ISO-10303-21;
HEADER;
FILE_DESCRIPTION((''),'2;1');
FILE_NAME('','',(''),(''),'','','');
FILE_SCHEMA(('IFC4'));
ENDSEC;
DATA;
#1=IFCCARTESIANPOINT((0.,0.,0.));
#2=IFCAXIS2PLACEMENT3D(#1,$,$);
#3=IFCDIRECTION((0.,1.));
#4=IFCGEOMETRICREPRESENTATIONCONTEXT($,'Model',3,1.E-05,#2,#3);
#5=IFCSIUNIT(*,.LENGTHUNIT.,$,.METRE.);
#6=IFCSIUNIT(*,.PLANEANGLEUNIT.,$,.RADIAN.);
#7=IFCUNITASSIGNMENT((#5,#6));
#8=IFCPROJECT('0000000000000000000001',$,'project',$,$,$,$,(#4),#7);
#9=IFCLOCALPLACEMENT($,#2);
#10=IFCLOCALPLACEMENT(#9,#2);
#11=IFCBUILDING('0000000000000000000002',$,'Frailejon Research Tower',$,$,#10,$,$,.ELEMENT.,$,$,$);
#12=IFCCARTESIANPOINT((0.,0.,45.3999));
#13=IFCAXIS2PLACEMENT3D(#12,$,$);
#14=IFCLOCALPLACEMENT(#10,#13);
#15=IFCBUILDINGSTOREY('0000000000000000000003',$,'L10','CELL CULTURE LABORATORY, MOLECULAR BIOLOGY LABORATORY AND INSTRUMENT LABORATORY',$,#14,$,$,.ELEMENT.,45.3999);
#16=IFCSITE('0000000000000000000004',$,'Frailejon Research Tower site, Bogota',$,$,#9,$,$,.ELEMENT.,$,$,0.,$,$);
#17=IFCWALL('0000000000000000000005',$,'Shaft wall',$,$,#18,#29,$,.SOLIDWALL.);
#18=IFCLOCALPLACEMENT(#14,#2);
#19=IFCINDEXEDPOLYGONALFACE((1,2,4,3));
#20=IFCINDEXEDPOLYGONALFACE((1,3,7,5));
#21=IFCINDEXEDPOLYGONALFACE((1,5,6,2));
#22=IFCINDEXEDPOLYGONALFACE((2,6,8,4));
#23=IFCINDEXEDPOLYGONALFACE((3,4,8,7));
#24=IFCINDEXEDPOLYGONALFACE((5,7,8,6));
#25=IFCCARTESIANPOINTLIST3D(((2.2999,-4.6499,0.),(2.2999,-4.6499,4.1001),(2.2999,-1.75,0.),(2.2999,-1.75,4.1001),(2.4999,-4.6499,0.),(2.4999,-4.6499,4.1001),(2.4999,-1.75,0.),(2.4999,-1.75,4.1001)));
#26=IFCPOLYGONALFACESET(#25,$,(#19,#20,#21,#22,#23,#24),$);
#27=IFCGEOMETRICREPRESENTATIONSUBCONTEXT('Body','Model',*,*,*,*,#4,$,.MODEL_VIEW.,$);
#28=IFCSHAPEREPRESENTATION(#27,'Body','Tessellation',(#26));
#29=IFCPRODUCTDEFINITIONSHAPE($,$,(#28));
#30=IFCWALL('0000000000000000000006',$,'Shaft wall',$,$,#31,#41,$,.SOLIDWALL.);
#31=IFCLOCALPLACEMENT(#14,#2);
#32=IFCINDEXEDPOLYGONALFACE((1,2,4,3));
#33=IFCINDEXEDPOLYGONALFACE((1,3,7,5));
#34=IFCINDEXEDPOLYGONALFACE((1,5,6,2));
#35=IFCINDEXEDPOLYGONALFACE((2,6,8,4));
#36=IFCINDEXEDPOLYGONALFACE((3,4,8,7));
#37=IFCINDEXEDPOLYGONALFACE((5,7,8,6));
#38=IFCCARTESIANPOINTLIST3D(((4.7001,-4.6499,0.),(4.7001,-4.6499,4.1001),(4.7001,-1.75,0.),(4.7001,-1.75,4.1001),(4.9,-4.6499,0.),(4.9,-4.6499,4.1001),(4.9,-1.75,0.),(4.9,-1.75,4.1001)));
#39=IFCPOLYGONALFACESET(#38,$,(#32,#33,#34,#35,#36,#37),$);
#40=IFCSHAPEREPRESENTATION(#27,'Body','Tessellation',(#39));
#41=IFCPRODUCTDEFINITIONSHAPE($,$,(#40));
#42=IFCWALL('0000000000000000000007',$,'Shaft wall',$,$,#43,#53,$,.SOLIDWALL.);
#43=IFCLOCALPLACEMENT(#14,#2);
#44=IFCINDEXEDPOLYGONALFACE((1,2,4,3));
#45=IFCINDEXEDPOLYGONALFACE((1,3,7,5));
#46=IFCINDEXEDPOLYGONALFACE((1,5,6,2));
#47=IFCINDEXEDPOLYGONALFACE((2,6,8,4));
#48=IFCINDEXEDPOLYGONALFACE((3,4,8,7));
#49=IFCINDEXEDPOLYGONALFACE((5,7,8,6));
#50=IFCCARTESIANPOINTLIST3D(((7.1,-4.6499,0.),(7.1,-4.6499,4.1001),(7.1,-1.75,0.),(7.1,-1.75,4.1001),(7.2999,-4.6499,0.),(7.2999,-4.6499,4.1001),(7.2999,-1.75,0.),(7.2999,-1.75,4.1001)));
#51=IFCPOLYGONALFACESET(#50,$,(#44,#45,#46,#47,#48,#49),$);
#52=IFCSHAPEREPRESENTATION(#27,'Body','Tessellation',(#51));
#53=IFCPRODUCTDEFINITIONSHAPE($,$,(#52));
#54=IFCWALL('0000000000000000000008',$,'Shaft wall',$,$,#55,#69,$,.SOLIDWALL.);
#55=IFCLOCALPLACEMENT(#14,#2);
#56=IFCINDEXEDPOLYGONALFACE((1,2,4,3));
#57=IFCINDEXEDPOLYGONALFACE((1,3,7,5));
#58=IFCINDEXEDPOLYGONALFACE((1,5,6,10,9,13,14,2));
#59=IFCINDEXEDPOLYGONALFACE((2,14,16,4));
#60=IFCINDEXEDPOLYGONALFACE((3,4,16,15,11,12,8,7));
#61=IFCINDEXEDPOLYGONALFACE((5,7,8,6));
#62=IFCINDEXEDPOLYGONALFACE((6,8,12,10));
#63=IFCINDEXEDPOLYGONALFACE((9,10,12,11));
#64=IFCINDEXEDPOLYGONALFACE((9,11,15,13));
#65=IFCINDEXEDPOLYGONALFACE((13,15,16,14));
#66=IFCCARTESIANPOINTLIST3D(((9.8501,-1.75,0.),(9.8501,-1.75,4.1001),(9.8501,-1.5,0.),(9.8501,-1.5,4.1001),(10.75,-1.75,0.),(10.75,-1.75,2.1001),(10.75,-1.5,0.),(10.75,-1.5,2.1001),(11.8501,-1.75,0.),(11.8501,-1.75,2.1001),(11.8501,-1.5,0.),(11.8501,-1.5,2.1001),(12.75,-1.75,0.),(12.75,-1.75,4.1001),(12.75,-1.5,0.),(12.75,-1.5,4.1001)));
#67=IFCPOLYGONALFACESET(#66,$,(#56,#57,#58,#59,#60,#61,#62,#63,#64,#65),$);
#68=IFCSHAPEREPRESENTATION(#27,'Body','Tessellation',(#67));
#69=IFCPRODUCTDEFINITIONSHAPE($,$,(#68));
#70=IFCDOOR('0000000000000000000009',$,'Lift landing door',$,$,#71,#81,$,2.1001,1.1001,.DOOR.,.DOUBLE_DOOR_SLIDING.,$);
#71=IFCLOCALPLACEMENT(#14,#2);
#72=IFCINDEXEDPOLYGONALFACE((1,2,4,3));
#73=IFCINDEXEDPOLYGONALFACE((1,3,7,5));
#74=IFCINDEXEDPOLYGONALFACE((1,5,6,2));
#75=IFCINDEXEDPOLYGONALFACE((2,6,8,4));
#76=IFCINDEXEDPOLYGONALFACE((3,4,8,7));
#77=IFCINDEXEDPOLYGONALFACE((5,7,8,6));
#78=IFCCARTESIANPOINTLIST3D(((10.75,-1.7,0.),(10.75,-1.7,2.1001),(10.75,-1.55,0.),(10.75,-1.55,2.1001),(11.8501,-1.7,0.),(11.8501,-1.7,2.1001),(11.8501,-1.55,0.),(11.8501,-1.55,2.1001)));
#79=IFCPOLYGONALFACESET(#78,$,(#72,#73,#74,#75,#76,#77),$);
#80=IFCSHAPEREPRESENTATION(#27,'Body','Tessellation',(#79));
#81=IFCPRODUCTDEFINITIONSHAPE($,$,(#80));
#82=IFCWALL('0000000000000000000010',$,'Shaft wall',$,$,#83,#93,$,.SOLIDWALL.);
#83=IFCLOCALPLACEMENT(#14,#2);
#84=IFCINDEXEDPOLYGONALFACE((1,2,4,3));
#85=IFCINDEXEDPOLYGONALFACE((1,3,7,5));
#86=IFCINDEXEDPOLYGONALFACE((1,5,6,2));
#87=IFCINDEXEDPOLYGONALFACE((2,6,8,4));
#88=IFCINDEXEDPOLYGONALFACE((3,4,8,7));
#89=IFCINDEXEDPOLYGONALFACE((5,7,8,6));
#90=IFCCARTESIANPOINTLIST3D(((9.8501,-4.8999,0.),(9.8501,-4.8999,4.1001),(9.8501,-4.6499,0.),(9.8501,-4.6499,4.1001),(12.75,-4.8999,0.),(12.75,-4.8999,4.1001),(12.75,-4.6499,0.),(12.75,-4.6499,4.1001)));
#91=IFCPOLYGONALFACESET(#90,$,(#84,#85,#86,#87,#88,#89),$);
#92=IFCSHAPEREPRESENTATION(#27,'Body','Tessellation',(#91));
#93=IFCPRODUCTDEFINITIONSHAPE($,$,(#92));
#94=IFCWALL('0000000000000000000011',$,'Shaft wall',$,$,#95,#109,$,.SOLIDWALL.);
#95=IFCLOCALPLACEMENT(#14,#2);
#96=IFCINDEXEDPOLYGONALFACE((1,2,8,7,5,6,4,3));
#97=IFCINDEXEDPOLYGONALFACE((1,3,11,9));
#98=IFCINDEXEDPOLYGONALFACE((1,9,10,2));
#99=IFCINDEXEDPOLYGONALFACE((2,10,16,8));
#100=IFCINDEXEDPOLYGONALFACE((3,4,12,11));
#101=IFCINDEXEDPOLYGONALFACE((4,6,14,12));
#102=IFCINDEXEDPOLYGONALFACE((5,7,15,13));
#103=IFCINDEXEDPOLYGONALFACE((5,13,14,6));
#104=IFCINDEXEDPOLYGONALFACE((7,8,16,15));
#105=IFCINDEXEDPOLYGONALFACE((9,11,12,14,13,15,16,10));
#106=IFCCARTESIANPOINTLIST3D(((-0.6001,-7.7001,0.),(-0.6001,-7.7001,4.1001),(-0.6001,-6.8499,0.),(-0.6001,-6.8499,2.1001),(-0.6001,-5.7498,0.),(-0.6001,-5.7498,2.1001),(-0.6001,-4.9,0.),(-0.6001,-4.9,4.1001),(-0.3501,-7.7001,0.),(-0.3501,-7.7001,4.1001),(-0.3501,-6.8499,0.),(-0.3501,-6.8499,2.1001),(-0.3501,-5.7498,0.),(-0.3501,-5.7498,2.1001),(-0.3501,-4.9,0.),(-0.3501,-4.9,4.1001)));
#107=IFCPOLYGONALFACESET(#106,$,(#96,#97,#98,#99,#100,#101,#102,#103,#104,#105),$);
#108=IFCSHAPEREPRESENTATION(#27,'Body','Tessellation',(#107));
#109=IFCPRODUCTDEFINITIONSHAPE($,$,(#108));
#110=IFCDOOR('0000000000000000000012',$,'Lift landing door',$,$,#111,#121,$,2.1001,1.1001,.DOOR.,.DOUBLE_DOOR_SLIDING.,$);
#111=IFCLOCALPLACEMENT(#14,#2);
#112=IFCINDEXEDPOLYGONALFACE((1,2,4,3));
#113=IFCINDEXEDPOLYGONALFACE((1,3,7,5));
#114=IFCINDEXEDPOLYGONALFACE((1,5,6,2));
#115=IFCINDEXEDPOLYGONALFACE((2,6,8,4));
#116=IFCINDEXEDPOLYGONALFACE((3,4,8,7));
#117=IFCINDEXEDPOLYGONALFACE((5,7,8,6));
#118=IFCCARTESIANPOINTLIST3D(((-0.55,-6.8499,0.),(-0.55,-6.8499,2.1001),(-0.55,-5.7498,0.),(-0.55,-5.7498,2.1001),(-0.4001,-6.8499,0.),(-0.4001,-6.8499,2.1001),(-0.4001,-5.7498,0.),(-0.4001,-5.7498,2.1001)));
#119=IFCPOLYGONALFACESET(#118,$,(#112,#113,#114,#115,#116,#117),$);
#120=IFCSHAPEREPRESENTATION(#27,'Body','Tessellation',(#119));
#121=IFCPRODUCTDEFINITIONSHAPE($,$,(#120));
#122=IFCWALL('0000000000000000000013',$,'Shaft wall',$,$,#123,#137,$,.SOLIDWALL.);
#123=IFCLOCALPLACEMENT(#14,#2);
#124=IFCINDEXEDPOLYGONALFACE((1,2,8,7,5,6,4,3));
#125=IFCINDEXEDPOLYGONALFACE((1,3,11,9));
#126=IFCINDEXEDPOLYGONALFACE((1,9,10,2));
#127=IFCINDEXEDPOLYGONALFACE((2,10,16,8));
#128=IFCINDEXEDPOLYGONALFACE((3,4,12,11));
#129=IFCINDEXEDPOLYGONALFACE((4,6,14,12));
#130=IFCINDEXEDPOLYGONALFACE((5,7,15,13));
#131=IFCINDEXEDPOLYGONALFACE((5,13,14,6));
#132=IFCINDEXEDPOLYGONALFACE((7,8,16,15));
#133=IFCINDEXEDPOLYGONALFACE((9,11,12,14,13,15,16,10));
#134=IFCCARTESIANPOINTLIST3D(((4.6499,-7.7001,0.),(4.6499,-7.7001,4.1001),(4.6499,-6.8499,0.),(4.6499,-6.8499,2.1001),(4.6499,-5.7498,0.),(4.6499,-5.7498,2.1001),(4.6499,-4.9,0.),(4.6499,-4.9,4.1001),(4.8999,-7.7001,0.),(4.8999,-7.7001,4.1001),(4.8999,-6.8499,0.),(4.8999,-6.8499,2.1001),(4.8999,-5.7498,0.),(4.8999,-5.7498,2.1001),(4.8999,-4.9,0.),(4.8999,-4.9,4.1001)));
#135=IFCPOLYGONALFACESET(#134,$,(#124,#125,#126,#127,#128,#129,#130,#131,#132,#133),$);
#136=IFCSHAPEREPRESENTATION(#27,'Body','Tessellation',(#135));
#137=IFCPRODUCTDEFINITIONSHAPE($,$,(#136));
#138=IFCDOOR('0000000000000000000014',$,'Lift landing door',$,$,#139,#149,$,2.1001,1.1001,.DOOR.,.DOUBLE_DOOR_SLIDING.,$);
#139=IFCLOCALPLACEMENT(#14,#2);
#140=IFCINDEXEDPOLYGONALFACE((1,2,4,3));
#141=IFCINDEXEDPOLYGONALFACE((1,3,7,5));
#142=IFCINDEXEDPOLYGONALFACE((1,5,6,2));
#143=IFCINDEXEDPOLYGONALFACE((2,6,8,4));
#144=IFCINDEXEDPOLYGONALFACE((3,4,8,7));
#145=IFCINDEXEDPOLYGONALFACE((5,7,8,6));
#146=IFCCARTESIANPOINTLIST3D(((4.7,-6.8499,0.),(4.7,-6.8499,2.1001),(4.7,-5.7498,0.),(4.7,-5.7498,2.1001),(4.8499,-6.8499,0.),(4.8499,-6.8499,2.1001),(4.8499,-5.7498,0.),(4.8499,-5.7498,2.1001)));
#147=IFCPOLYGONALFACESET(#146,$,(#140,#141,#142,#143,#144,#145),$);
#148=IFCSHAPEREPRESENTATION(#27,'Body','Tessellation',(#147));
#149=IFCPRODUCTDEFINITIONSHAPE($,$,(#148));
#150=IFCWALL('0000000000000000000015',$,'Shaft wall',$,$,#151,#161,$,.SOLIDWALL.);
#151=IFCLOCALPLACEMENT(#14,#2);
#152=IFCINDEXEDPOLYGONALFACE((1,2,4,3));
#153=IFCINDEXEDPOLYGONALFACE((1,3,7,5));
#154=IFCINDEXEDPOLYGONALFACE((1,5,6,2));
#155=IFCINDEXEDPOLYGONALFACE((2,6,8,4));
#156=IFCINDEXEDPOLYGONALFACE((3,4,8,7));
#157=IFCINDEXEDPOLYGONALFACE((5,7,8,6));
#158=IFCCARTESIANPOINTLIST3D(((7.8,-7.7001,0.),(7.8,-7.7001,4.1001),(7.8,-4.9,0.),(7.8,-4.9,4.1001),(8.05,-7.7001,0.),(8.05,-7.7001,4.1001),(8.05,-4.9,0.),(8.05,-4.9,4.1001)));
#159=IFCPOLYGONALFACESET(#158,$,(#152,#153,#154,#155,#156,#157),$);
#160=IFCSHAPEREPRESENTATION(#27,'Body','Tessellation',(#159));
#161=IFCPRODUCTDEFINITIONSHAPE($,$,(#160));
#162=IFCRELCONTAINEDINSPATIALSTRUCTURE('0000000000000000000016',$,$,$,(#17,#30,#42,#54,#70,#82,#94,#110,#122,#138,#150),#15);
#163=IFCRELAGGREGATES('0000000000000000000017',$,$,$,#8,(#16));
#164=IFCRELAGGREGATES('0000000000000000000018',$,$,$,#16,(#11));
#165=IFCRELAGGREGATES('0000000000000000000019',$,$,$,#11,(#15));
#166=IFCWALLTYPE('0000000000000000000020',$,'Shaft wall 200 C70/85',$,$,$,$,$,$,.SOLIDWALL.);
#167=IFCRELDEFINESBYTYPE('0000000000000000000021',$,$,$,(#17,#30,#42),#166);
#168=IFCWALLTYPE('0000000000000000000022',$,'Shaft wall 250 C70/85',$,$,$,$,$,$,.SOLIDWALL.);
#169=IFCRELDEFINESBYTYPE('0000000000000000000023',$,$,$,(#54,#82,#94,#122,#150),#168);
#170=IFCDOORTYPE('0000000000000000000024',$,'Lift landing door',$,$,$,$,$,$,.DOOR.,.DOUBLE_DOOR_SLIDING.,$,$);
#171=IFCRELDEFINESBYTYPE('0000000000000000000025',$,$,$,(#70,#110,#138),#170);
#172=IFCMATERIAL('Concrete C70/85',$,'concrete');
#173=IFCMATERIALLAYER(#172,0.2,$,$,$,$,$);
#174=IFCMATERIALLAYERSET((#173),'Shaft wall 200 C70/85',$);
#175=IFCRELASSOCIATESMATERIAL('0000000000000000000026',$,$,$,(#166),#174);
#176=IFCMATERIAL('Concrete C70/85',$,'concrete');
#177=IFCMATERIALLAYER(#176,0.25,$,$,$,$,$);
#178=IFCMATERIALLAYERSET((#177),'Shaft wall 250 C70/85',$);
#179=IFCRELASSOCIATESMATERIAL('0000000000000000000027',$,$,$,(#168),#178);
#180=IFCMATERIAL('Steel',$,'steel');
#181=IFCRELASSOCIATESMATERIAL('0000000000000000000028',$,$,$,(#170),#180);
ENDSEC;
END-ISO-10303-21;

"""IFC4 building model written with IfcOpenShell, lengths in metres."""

from ifc_helpers import new_model, si_unit, direction, frame, frame_2d, origin, place, context, subcontext, project, spatial, rectangle, extrude, material, layer, layer_set, type_object, element, fill, save


model = new_model("IFC4")

# Units and contexts
model_context = context("Model", 3, precision=1e-05, world=origin(), true_north=direction((0.0, 1.0)))
body_context = subcontext(model_context, "Body", "Model", "MODEL_VIEW")
ifc_project = project(units=[si_unit("LENGTHUNIT", "METRE"), si_unit("PLANEANGLEUNIT", "RADIAN")], contexts=[model_context])

# Site, building, storey
site_placement = place(None, origin())
site = spatial("IfcSite", under=ifc_project, at=site_placement, Name="Frailejon Research Tower site, Bogota", CompositionType="ELEMENT", RefElevation=0.0)
building_placement = place(site_placement, origin())
building = spatial("IfcBuilding", under=site, at=building_placement, Name="Frailejon Research Tower", CompositionType="ELEMENT")
storey_placement = place(building_placement, frame((0.0, 0.0, 45.3999)))
storey = spatial("IfcBuildingStorey", under=building, at=storey_placement, Name="L10", Description="CELL CULTURE LABORATORY, MOLECULAR BIOLOGY LABORATORY AND INSTRUMENT LABORATORY", CompositionType="ELEMENT", Elevation=45.3999)

# Walls
ifc_material_1 = material(Name="Concrete C70/85", Category="concrete")
ifc_layer_1 = layer(ifc_material_1, 0.2)
ifc_layer_set_1 = layer_set([ifc_layer_1], Name="Shaft wall 200 C70/85")
wall_type_1 = type_object("IfcWallType", Name="Shaft wall 200 C70/85", PredefinedType="SOLIDWALL", material=ifc_layer_set_1)
for number, where, z_axis, x_axis, name in (
    (1, (2.3999, -4.6499, 0.0), (0.0, 0.0, 1.0), (0.0, 1.0, 0.0), "Shaft wall"),
    (2, (4.8, -4.6499, 0.0), (0.0, 0.0, 1.0), (0.0, 1.0, 0.0), "Shaft wall"),
    (3, (7.2, -4.6499, 0.0), (0.0, 0.0, 1.0), (0.0, 1.0, 0.0), "Shaft wall"),
):
    element("IfcWall", number, at=place(storey_placement, frame(where, z_axis=z_axis, x_axis=x_axis)), inside=storey, type_object=wall_type_1, Name=name, PredefinedType="SOLIDWALL", context=body_context, shape_type="SweptSolid", body=[
        extrude(rectangle(XDim=2.8999, YDim=0.2, at=frame_2d((1.45, 0.0))), origin(), (0.0, 0.0, 1.0), 4.1001),
    ])

# Wall, opening, door
ifc_material_2 = material(Name="Concrete C70/85", Category="concrete")
ifc_layer_2 = layer(ifc_material_2, 0.25)
ifc_layer_set_2 = layer_set([ifc_layer_2], Name="Shaft wall 250 C70/85")
wall_type_2 = type_object("IfcWallType", Name="Shaft wall 250 C70/85", PredefinedType="SOLIDWALL", material=ifc_layer_set_2)
wall_1_placement = place(storey_placement, frame((9.8501, -1.625, 0.0), z_axis=(0.0, 0.0, 1.0), x_axis=(1.0, 0.0, 0.0)))
wall_1 = element("IfcWall", 4, at=wall_1_placement, inside=storey, type_object=wall_type_2, Name="Shaft wall", PredefinedType="SOLIDWALL", context=body_context, shape_type="SweptSolid", body=[
    extrude(rectangle(XDim=2.8999, YDim=0.25, at=frame_2d((1.45, 0.0))), origin(), (0.0, 0.0, 1.0), 4.1001),
])
opening_1_placement = place(wall_1_placement, frame((0.8999, 0.0, 0.0)))
opening_1 = element("IfcOpeningElement", 5, at=opening_1_placement, cuts=wall_1, PredefinedType="OPENING", context=body_context, shape_type="SweptSolid", body=[
    extrude(rectangle(XDim=1.1001, YDim=2.1001, at=frame_2d((0.55, 1.05))), frame((0.0, 0.135, 0.0), z_axis=(0.0, -1.0, 0.0), x_axis=(1.0, 0.0, 0.0)), (0.0, 0.0, 1.0), 0.27),
])
ifc_material_3 = material(Name="Steel", Category="steel")
door_type_1 = type_object("IfcDoorType", Name="Lift landing door", OperationType="DOUBLE_DOOR_SLIDING", PredefinedType="DOOR", material=ifc_material_3)
door_1_placement = place(opening_1_placement, origin())
door_1 = element("IfcDoor", 6, at=door_1_placement, inside=storey, type_object=door_type_1, Name="Lift landing door", OperationType="DOUBLE_DOOR_SLIDING", OverallHeight=2.1001, OverallWidth=1.1001, PredefinedType="DOOR", context=body_context, shape_type="SweptSolid", body=[
    extrude(rectangle(XDim=1.1001, YDim=2.1001, at=frame_2d((0.55, 1.05))), frame((0.0, 0.075, 0.0), z_axis=(0.0, -1.0, 0.0), x_axis=(1.0, 0.0, 0.0)), (0.0, 0.0, 1.0), 0.1499),
])
fill(opening_1, door_1)

# Wall
wall_2_placement = place(storey_placement, frame((9.8501, -4.7749, 0.0), z_axis=(0.0, 0.0, 1.0), x_axis=(1.0, 0.0, 0.0)))
element("IfcWall", 7, at=wall_2_placement, inside=storey, type_object=wall_type_2, Name="Shaft wall", PredefinedType="SOLIDWALL", context=body_context, shape_type="SweptSolid", body=[
    extrude(rectangle(XDim=2.8999, YDim=0.25, at=frame_2d((1.45, 0.0))), origin(), (0.0, 0.0, 1.0), 4.1001),
])

# Walls, openings, doors
wall_3_placement = place(storey_placement, frame((-0.4751, -7.7, 0.0), z_axis=(0.0, 0.0, 1.0), x_axis=(0.0, 1.0, 0.0)))
wall_3 = element("IfcWall", 8, at=wall_3_placement, inside=storey, type_object=wall_type_2, Name="Shaft wall", PredefinedType="SOLIDWALL", context=body_context, shape_type="SweptSolid", body=[
    extrude(rectangle(XDim=2.8, YDim=0.25, at=frame_2d((1.3999, 0.0))), origin(), (0.0, 0.0, 1.0), 4.1001),
])
opening_2_placement = place(wall_3_placement, frame((0.8501, 0.0, 0.0)))
opening_2 = element("IfcOpeningElement", 9, at=opening_2_placement, cuts=wall_3, PredefinedType="OPENING", context=body_context, shape_type="SweptSolid", body=[
    extrude(rectangle(XDim=1.1001, YDim=2.1001, at=frame_2d((0.55, 1.05))), frame((0.0, 0.135, 0.0), z_axis=(0.0, -1.0, 0.0), x_axis=(1.0, 0.0, 0.0)), (0.0, 0.0, 1.0), 0.27),
])
door_2_placement = place(opening_2_placement, origin())
door_2 = element("IfcDoor", 10, at=door_2_placement, inside=storey, type_object=door_type_1, Name="Lift landing door", OperationType="DOUBLE_DOOR_SLIDING", OverallHeight=2.1001, OverallWidth=1.1001, PredefinedType="DOOR", context=body_context, shape_type="SweptSolid", body=[
    extrude(rectangle(XDim=1.1001, YDim=2.1001, at=frame_2d((0.55, 1.05))), frame((0.0, 0.075, 0.0), z_axis=(0.0, -1.0, 0.0), x_axis=(1.0, 0.0, 0.0)), (0.0, 0.0, 1.0), 0.1499),
])
fill(opening_2, door_2)
wall_4_placement = place(storey_placement, frame((4.7749, -7.7, 0.0), z_axis=(0.0, 0.0, 1.0), x_axis=(0.0, 1.0, 0.0)))
wall_4 = element("IfcWall", 11, at=wall_4_placement, inside=storey, type_object=wall_type_2, Name="Shaft wall", PredefinedType="SOLIDWALL", context=body_context, shape_type="SweptSolid", body=[
    extrude(rectangle(XDim=2.8, YDim=0.25, at=frame_2d((1.3999, 0.0))), origin(), (0.0, 0.0, 1.0), 4.1001),
])
opening_3_placement = place(wall_4_placement, frame((0.8501, 0.0, 0.0)))
opening_3 = element("IfcOpeningElement", 12, at=opening_3_placement, cuts=wall_4, PredefinedType="OPENING", context=body_context, shape_type="SweptSolid", body=[
    extrude(rectangle(XDim=1.1001, YDim=2.1001, at=frame_2d((0.55, 1.05))), frame((0.0, 0.135, 0.0), z_axis=(0.0, -1.0, 0.0), x_axis=(1.0, 0.0, 0.0)), (0.0, 0.0, 1.0), 0.27),
])
door_3_placement = place(opening_3_placement, origin())
door_3 = element("IfcDoor", 13, at=door_3_placement, inside=storey, type_object=door_type_1, Name="Lift landing door", OperationType="DOUBLE_DOOR_SLIDING", OverallHeight=2.1001, OverallWidth=1.1001, PredefinedType="DOOR", context=body_context, shape_type="SweptSolid", body=[
    extrude(rectangle(XDim=1.1001, YDim=2.1001, at=frame_2d((0.55, 1.05))), frame((0.0, 0.075, 0.0), z_axis=(0.0, -1.0, 0.0), x_axis=(1.0, 0.0, 0.0)), (0.0, 0.0, 1.0), 0.1499),
])
fill(opening_3, door_3)

# Wall
wall_5_placement = place(storey_placement, frame((7.925, -7.7, 0.0), z_axis=(0.0, 0.0, 1.0), x_axis=(0.0, 1.0, 0.0)))
element("IfcWall", 14, at=wall_5_placement, inside=storey, type_object=wall_type_2, Name="Shaft wall", PredefinedType="SOLIDWALL", context=body_context, shape_type="SweptSolid", body=[
    extrude(rectangle(XDim=2.8, YDim=0.25, at=frame_2d((1.3999, 0.0))), origin(), (0.0, 0.0, 1.0), 4.1001),
])

save(model, "model.ifc")
